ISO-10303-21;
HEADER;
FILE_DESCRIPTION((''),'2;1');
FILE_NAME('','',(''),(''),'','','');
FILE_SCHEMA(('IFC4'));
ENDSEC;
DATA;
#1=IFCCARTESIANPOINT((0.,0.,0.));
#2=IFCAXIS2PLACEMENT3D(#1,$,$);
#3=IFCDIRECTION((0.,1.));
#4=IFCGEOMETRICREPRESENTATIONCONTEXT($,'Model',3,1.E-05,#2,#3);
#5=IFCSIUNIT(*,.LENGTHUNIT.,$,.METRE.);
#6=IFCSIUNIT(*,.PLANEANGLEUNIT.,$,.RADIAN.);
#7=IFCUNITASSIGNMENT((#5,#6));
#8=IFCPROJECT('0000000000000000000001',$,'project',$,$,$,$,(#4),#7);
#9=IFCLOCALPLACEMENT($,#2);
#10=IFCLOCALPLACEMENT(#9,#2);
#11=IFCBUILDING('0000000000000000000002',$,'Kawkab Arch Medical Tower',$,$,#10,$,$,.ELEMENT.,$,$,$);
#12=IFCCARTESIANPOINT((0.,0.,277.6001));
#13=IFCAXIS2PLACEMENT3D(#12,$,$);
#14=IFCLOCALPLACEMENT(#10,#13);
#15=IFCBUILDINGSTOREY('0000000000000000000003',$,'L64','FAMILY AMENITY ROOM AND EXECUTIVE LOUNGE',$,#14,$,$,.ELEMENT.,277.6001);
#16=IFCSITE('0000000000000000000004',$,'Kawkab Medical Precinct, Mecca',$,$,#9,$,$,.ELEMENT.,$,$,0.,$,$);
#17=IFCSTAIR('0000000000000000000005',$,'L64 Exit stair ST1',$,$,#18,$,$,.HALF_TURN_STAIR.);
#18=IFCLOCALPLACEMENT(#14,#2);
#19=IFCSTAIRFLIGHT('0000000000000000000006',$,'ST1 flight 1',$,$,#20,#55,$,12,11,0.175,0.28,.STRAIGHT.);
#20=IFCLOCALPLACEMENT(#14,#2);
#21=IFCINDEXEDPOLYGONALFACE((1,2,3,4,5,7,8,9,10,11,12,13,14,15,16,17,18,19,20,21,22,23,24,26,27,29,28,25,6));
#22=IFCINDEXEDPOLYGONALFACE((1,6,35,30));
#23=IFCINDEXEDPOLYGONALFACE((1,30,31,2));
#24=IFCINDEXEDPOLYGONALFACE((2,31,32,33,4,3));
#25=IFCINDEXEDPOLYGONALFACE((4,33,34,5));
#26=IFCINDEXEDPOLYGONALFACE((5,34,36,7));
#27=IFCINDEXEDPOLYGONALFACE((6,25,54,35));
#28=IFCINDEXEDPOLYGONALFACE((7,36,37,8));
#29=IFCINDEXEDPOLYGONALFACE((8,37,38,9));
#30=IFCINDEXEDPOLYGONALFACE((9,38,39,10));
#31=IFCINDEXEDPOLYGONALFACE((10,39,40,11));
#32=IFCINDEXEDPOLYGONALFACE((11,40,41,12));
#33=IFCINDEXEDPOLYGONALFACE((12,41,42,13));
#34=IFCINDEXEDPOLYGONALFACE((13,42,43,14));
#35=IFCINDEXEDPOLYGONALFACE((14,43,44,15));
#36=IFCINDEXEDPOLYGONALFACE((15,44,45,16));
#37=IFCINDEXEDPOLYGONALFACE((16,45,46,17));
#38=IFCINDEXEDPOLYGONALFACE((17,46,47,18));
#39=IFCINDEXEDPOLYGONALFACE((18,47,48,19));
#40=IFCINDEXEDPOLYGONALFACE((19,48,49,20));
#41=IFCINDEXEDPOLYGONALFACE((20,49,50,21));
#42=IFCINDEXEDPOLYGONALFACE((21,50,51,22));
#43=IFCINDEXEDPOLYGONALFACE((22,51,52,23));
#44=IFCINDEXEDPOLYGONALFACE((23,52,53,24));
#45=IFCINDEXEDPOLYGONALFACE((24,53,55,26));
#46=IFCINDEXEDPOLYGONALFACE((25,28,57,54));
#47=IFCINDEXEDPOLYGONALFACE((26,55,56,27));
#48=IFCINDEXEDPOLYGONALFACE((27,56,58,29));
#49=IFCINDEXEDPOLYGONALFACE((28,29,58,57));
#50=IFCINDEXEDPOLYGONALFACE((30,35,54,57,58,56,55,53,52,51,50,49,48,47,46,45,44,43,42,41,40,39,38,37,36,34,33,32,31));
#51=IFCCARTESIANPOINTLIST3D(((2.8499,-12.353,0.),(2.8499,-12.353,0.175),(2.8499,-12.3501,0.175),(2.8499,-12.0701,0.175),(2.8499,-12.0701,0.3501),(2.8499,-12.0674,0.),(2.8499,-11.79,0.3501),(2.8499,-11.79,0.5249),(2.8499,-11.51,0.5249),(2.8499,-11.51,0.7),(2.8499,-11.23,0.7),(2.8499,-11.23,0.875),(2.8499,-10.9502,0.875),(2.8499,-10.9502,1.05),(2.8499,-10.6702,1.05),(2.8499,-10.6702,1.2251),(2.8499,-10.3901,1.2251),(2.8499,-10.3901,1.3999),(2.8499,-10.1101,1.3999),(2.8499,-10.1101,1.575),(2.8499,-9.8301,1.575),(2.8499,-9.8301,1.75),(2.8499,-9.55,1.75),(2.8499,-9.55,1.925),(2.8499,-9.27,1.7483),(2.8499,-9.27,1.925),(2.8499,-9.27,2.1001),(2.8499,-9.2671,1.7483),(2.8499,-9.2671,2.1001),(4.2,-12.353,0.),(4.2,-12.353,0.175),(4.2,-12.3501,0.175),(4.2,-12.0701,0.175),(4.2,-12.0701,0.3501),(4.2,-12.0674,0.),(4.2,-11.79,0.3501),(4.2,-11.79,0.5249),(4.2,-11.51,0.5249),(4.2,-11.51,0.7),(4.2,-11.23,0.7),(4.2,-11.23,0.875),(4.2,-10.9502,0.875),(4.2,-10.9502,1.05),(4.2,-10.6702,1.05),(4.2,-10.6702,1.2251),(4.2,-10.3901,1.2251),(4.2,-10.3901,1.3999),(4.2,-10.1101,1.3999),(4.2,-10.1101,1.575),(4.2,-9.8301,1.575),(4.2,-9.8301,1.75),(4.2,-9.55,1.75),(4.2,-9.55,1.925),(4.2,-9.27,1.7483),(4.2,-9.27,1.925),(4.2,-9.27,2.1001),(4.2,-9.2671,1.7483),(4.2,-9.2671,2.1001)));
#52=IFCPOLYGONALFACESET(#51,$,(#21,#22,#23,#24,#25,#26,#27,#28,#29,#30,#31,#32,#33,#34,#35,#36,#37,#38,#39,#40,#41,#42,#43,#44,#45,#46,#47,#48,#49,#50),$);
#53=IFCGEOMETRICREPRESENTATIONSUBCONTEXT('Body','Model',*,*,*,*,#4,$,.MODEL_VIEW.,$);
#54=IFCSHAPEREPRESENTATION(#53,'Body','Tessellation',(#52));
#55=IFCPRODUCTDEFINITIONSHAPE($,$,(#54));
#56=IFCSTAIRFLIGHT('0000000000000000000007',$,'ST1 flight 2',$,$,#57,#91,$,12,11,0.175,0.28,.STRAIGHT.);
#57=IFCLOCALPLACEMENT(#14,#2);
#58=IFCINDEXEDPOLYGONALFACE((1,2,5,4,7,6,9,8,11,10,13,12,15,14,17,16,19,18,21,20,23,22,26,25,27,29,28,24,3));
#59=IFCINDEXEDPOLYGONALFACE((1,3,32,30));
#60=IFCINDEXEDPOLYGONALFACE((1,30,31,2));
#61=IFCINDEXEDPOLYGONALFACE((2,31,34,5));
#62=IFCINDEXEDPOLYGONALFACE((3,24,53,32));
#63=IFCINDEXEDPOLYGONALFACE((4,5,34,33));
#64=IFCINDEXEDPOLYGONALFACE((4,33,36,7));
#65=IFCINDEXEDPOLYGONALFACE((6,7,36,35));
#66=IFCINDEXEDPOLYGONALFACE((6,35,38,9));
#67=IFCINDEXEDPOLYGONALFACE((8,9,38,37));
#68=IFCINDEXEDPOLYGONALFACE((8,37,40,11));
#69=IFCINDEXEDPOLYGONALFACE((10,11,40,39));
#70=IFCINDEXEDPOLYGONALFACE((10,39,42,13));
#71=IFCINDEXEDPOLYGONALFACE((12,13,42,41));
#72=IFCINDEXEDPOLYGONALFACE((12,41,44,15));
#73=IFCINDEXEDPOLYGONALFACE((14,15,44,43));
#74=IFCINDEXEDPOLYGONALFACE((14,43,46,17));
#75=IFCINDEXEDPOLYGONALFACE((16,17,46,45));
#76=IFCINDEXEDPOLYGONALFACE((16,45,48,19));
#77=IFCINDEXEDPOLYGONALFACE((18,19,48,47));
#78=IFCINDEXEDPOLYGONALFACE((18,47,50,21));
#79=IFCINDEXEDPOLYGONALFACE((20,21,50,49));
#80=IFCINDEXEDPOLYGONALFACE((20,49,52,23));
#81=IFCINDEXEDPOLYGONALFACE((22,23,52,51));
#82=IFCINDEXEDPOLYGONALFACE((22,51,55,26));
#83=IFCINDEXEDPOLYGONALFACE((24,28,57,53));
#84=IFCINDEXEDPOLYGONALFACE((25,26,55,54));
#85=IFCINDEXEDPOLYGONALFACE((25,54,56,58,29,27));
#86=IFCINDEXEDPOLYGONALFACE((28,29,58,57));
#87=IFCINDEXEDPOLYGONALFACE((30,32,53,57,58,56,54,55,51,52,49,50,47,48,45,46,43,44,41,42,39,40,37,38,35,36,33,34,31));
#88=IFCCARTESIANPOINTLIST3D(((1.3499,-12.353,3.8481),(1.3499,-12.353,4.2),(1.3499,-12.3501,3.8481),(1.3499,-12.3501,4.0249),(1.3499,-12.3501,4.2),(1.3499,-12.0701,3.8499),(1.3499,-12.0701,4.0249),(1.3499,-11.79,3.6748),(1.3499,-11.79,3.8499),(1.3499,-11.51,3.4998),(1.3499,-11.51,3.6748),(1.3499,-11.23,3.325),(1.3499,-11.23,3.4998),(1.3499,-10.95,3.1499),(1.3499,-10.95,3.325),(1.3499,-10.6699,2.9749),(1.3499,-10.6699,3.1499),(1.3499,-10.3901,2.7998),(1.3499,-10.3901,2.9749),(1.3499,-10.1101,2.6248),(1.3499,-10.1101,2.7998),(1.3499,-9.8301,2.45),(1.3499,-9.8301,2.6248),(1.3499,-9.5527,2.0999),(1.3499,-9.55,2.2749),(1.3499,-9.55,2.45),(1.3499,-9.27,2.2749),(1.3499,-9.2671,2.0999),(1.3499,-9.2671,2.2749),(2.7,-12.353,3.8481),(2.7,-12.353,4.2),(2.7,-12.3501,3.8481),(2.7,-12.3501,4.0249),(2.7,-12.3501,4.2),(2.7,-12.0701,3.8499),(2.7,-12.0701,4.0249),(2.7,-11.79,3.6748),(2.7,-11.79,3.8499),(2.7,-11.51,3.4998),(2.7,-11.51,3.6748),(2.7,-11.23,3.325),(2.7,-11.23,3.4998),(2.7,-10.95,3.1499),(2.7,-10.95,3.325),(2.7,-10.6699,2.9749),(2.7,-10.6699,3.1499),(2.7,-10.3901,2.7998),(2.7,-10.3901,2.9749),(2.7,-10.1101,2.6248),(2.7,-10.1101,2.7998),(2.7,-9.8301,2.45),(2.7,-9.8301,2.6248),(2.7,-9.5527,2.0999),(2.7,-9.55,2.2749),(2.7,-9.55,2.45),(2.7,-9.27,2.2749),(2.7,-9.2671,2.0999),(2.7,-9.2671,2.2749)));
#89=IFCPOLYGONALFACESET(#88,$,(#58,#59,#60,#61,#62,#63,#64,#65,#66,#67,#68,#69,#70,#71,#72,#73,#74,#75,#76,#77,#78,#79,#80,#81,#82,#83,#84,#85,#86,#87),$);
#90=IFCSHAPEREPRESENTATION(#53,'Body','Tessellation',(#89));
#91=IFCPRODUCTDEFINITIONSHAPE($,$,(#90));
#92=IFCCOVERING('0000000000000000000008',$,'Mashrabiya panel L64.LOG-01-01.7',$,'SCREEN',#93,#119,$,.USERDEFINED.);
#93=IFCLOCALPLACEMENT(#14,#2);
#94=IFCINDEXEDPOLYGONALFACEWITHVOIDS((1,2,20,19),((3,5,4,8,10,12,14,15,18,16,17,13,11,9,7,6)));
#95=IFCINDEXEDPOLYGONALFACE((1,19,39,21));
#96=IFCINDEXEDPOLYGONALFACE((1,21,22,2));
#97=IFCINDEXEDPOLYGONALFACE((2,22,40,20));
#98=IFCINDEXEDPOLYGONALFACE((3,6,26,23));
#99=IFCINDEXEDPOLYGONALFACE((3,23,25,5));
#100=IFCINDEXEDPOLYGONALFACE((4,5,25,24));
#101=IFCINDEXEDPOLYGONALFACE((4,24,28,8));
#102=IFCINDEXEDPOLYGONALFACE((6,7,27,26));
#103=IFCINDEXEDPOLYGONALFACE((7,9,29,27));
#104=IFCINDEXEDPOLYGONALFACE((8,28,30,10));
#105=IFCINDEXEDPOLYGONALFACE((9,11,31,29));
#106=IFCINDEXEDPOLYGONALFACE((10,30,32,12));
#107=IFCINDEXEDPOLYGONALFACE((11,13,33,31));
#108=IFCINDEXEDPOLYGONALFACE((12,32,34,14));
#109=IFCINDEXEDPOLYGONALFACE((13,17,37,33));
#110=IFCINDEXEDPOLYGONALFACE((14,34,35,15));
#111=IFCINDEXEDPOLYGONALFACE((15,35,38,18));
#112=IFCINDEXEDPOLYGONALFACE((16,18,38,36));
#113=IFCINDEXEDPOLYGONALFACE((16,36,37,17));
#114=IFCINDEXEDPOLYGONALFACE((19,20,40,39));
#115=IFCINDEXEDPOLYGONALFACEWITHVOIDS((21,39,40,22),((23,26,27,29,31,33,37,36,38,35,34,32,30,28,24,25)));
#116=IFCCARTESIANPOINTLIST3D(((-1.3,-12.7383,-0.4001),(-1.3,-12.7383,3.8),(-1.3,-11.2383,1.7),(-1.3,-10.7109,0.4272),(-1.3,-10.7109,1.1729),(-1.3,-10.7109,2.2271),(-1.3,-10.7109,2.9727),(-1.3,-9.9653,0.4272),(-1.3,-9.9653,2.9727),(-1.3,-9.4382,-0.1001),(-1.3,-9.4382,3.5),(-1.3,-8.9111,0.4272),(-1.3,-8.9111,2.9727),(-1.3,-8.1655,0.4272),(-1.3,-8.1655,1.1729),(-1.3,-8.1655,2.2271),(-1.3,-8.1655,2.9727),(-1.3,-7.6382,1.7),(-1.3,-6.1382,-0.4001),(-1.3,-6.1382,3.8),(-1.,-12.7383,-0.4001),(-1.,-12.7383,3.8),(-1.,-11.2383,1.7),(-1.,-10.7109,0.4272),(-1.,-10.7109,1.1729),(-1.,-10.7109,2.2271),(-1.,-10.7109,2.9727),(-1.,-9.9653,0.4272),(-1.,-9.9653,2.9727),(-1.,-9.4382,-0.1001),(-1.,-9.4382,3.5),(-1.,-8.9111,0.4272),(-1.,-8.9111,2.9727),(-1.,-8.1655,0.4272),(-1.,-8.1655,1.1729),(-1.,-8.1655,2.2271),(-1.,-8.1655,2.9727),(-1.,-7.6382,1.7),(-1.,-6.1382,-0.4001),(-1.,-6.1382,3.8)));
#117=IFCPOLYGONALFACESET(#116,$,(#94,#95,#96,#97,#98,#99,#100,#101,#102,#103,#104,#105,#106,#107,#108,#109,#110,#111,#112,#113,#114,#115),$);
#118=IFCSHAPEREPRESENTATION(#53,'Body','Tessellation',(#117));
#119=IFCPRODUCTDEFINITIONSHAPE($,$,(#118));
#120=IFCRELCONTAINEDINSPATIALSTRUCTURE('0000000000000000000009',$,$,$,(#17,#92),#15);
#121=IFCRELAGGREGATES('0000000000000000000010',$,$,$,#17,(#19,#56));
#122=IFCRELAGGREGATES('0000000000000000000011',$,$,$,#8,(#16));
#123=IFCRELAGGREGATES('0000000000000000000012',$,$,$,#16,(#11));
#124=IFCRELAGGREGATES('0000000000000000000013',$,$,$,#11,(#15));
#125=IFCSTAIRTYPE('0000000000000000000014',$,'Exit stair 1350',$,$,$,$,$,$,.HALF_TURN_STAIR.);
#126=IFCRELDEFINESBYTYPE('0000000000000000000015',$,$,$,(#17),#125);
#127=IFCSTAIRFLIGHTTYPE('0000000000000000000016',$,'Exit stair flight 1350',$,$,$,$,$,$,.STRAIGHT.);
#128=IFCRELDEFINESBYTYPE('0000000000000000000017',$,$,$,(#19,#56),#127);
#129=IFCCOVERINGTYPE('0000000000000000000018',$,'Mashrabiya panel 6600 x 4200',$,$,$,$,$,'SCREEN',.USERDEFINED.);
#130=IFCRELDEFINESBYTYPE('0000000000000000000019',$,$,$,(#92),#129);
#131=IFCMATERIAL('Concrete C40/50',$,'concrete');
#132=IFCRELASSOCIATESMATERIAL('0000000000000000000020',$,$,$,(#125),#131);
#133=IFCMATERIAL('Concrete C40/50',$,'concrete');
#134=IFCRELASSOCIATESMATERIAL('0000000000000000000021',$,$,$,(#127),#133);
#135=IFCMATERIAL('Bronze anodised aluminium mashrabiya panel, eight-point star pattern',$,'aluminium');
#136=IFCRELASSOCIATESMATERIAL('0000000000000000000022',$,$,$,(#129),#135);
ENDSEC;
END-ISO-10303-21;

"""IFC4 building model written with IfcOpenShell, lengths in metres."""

from ifc_helpers import new_model, si_unit, direction, frame, origin, place, context, subcontext, project, spatial, polyline, outline, extrude, material, material_profile, profile_set, type_object, element, aggregate, save


model = new_model("IFC4")

# Units and contexts
model_context = context("Model", 3, precision=1e-05, world=origin(), true_north=direction((0.0, 1.0)))
body_context = subcontext(model_context, "Body", "Model", "MODEL_VIEW")
ifc_project = project(units=[si_unit("LENGTHUNIT", "METRE"), si_unit("PLANEANGLEUNIT", "RADIAN")], contexts=[model_context])

# Site, building, storey
site_placement = place(None, origin())
site = spatial("IfcSite", under=ifc_project, at=site_placement, Name="Kawkab Medical Precinct, Mecca", CompositionType="ELEMENT", RefElevation=0.0)
building_placement = place(site_placement, origin())
building = spatial("IfcBuilding", under=site, at=building_placement, Name="Kawkab Arch Medical Tower", CompositionType="ELEMENT")
storey_placement = place(building_placement, frame((0.0, 0.0, 277.6001)))
storey = spatial("IfcBuildingStorey", under=building, at=storey_placement, Name="L64", Description="FAMILY AMENITY ROOM AND EXECUTIVE LOUNGE", CompositionType="ELEMENT", Elevation=277.6001)

# Shared definitions
placement = place(storey_placement, origin())

# Stair, stair flights
ifc_material_1 = material(Name="Concrete C40/50", Category="concrete")
stair_type = type_object("IfcStairType", Name="Exit stair 1350", PredefinedType="HALF_TURN_STAIR", material=ifc_material_1)
stair = element("IfcStair", 1, at=placement, inside=storey, type_object=stair_type, Name="L64 Exit stair ST1", PredefinedType="HALF_TURN_STAIR")
ifc_material_2 = material(Name="Concrete C40/50", Category="concrete")
stair_flight_type = type_object("IfcStairFlightType", Name="Exit stair flight 1350", PredefinedType="STRAIGHT", material=ifc_material_2)
stair_flight_1_placement = place(storey_placement, frame((3.5249, -12.3501, 0.0), z_axis=(0.0, 0.0, 1.0), x_axis=(0.0, 1.0, 0.0)))
stair_flight_1 = element("IfcStairFlight", 2, at=stair_flight_1_placement, type_object=stair_flight_type, Name="ST1 flight 1", NumberOfRisers=12, NumberOfTreads=11, PredefinedType="STRAIGHT", RiserHeight=0.175, TreadLength=0.28, context=body_context, shape_type="SweptSolid", body=[
    extrude(outline(polyline([(-0.0029, 0.0), (-0.0029, 0.175), (0.0, 0.175), (0.28, 0.175), (0.28, 0.3501), (0.5601, 0.3501), (0.5601, 0.5249), (0.8401, 0.5249), (0.8401, 0.7), (1.1201, 0.7), (1.1201, 0.875), (1.3999, 0.875), (1.3999, 1.05), (1.6799, 1.05), (1.6799, 1.2251), (1.96, 1.2251), (1.96, 1.3999), (2.24, 1.3999), (2.24, 1.575), (2.52, 1.575), (2.52, 1.75), (2.8, 1.75), (2.8, 1.925), (3.0801, 1.925), (3.0801, 2.1001), (3.083, 2.1001), (3.083, 1.7483), (3.0801, 1.7483), (0.2827, 0.0), (-0.0029, 0.0)])), frame((0.0, 0.675, 0.0), z_axis=(0.0, -1.0, 0.0), x_axis=(1.0, 0.0, 0.0)), (0.0, 0.0, 1.0), 1.3501),
])
stair_flight_2_placement = place(storey_placement, frame((2.0249, -9.27, 2.0999), z_axis=(0.0, 0.0, 1.0), x_axis=(0.0, -1.0, 0.0)))
stair_flight_2 = element("IfcStairFlight", 3, at=stair_flight_2_placement, type_object=stair_flight_type, Name="ST1 flight 2", NumberOfRisers=12, NumberOfTreads=11, PredefinedType="STRAIGHT", RiserHeight=0.175, TreadLength=0.28, context=body_context, shape_type="SweptSolid", body=[
    extrude(outline(polyline([(-0.0029, 0.0), (-0.0029, 0.175), (0.0, 0.175), (0.28, 0.175), (0.28, 0.3501), (0.5601, 0.3501), (0.5601, 0.5249), (0.8401, 0.5249), (0.8401, 0.7), (1.1201, 0.7), (1.1201, 0.875), (1.3999, 0.875), (1.3999, 1.05), (1.6799, 1.05), (1.6799, 1.2251), (1.96, 1.2251), (1.96, 1.3999), (2.24, 1.3999), (2.24, 1.575), (2.52, 1.575), (2.52, 1.75), (2.8, 1.75), (2.8, 1.925), (3.0801, 1.925), (3.0801, 2.1001), (3.083, 2.1001), (3.083, 1.7483), (3.0801, 1.7483), (0.2827, 0.0), (-0.0029, 0.0)])), frame((0.0, 0.675, 0.0), z_axis=(0.0, -1.0, 0.0), x_axis=(1.0, 0.0, 0.0)), (0.0, 0.0, 1.0), 1.3501),
])
aggregate(stair, [stair_flight_1, stair_flight_2])

# Covering
ifc_material_3 = material(Name="Bronze anodised aluminium mashrabiya panel, eight-point star pattern", Category="aluminium")
ifc_material_profile_1 = material_profile(ifc_material_3, outline(polyline([(-3.3, -2.1001), (3.3, -2.1001), (3.3, 2.1001), (-3.3, 2.1001), (-3.3, -2.1001)]), holes=[polyline([(1.8, 0.0), (1.2727, 0.5271), (1.2727, 1.2727), (0.5271, 1.2727), (0.0, 1.8), (-0.5271, 1.2727), (-1.2727, 1.2727), (-1.2727, 0.5271), (-1.8, 0.0), (-1.2727, -0.5271), (-1.2727, -1.2727), (-0.5271, -1.2727), (0.0, -1.8), (0.5271, -1.2727), (1.2727, -1.2727), (1.2727, -0.5271), (1.8, 0.0)])]), Name="Mashrabiya panel 6600x4200")
ifc_profile_set_1 = profile_set([ifc_material_profile_1], Name="Bronze anodised aluminium mashrabiya panel, eight-point star pattern")
covering_type = type_object("IfcCoveringType", Name="Mashrabiya panel 6600 x 4200", ElementType="SCREEN", PredefinedType="USERDEFINED", material=ifc_profile_set_1)
covering_placement = place(storey_placement, frame((-1.0, -9.4382, 1.7), z_axis=(-1.0, 0.0, 0.0), x_axis=(0.0, -1.0, 0.0)))
element("IfcCovering", 4, at=covering_placement, inside=storey, type_object=covering_type, Name="Mashrabiya panel L64.LOG-01-01.7", ObjectType="SCREEN", PredefinedType="USERDEFINED", context=body_context, shape_type="SweptSolid", body=[
    extrude(outline(polyline([(-3.3, -2.1001), (3.3, -2.1001), (3.3, 2.1001), (-3.3, 2.1001), (-3.3, -2.1001)]), holes=[polyline([(1.8, 0.0), (1.2727, 0.5271), (1.2727, 1.2727), (0.5271, 1.2727), (0.0, 1.8), (-0.5271, 1.2727), (-1.2727, 1.2727), (-1.2727, 0.5271), (-1.8, 0.0), (-1.2727, -0.5271), (-1.2727, -1.2727), (-0.5271, -1.2727), (0.0, -1.8), (0.5271, -1.2727), (1.2727, -1.2727), (1.2727, -0.5271), (1.8, 0.0)])]), origin(), (0.0, 0.0, 1.0), 0.3),
])

save(model, "model.ifc")
